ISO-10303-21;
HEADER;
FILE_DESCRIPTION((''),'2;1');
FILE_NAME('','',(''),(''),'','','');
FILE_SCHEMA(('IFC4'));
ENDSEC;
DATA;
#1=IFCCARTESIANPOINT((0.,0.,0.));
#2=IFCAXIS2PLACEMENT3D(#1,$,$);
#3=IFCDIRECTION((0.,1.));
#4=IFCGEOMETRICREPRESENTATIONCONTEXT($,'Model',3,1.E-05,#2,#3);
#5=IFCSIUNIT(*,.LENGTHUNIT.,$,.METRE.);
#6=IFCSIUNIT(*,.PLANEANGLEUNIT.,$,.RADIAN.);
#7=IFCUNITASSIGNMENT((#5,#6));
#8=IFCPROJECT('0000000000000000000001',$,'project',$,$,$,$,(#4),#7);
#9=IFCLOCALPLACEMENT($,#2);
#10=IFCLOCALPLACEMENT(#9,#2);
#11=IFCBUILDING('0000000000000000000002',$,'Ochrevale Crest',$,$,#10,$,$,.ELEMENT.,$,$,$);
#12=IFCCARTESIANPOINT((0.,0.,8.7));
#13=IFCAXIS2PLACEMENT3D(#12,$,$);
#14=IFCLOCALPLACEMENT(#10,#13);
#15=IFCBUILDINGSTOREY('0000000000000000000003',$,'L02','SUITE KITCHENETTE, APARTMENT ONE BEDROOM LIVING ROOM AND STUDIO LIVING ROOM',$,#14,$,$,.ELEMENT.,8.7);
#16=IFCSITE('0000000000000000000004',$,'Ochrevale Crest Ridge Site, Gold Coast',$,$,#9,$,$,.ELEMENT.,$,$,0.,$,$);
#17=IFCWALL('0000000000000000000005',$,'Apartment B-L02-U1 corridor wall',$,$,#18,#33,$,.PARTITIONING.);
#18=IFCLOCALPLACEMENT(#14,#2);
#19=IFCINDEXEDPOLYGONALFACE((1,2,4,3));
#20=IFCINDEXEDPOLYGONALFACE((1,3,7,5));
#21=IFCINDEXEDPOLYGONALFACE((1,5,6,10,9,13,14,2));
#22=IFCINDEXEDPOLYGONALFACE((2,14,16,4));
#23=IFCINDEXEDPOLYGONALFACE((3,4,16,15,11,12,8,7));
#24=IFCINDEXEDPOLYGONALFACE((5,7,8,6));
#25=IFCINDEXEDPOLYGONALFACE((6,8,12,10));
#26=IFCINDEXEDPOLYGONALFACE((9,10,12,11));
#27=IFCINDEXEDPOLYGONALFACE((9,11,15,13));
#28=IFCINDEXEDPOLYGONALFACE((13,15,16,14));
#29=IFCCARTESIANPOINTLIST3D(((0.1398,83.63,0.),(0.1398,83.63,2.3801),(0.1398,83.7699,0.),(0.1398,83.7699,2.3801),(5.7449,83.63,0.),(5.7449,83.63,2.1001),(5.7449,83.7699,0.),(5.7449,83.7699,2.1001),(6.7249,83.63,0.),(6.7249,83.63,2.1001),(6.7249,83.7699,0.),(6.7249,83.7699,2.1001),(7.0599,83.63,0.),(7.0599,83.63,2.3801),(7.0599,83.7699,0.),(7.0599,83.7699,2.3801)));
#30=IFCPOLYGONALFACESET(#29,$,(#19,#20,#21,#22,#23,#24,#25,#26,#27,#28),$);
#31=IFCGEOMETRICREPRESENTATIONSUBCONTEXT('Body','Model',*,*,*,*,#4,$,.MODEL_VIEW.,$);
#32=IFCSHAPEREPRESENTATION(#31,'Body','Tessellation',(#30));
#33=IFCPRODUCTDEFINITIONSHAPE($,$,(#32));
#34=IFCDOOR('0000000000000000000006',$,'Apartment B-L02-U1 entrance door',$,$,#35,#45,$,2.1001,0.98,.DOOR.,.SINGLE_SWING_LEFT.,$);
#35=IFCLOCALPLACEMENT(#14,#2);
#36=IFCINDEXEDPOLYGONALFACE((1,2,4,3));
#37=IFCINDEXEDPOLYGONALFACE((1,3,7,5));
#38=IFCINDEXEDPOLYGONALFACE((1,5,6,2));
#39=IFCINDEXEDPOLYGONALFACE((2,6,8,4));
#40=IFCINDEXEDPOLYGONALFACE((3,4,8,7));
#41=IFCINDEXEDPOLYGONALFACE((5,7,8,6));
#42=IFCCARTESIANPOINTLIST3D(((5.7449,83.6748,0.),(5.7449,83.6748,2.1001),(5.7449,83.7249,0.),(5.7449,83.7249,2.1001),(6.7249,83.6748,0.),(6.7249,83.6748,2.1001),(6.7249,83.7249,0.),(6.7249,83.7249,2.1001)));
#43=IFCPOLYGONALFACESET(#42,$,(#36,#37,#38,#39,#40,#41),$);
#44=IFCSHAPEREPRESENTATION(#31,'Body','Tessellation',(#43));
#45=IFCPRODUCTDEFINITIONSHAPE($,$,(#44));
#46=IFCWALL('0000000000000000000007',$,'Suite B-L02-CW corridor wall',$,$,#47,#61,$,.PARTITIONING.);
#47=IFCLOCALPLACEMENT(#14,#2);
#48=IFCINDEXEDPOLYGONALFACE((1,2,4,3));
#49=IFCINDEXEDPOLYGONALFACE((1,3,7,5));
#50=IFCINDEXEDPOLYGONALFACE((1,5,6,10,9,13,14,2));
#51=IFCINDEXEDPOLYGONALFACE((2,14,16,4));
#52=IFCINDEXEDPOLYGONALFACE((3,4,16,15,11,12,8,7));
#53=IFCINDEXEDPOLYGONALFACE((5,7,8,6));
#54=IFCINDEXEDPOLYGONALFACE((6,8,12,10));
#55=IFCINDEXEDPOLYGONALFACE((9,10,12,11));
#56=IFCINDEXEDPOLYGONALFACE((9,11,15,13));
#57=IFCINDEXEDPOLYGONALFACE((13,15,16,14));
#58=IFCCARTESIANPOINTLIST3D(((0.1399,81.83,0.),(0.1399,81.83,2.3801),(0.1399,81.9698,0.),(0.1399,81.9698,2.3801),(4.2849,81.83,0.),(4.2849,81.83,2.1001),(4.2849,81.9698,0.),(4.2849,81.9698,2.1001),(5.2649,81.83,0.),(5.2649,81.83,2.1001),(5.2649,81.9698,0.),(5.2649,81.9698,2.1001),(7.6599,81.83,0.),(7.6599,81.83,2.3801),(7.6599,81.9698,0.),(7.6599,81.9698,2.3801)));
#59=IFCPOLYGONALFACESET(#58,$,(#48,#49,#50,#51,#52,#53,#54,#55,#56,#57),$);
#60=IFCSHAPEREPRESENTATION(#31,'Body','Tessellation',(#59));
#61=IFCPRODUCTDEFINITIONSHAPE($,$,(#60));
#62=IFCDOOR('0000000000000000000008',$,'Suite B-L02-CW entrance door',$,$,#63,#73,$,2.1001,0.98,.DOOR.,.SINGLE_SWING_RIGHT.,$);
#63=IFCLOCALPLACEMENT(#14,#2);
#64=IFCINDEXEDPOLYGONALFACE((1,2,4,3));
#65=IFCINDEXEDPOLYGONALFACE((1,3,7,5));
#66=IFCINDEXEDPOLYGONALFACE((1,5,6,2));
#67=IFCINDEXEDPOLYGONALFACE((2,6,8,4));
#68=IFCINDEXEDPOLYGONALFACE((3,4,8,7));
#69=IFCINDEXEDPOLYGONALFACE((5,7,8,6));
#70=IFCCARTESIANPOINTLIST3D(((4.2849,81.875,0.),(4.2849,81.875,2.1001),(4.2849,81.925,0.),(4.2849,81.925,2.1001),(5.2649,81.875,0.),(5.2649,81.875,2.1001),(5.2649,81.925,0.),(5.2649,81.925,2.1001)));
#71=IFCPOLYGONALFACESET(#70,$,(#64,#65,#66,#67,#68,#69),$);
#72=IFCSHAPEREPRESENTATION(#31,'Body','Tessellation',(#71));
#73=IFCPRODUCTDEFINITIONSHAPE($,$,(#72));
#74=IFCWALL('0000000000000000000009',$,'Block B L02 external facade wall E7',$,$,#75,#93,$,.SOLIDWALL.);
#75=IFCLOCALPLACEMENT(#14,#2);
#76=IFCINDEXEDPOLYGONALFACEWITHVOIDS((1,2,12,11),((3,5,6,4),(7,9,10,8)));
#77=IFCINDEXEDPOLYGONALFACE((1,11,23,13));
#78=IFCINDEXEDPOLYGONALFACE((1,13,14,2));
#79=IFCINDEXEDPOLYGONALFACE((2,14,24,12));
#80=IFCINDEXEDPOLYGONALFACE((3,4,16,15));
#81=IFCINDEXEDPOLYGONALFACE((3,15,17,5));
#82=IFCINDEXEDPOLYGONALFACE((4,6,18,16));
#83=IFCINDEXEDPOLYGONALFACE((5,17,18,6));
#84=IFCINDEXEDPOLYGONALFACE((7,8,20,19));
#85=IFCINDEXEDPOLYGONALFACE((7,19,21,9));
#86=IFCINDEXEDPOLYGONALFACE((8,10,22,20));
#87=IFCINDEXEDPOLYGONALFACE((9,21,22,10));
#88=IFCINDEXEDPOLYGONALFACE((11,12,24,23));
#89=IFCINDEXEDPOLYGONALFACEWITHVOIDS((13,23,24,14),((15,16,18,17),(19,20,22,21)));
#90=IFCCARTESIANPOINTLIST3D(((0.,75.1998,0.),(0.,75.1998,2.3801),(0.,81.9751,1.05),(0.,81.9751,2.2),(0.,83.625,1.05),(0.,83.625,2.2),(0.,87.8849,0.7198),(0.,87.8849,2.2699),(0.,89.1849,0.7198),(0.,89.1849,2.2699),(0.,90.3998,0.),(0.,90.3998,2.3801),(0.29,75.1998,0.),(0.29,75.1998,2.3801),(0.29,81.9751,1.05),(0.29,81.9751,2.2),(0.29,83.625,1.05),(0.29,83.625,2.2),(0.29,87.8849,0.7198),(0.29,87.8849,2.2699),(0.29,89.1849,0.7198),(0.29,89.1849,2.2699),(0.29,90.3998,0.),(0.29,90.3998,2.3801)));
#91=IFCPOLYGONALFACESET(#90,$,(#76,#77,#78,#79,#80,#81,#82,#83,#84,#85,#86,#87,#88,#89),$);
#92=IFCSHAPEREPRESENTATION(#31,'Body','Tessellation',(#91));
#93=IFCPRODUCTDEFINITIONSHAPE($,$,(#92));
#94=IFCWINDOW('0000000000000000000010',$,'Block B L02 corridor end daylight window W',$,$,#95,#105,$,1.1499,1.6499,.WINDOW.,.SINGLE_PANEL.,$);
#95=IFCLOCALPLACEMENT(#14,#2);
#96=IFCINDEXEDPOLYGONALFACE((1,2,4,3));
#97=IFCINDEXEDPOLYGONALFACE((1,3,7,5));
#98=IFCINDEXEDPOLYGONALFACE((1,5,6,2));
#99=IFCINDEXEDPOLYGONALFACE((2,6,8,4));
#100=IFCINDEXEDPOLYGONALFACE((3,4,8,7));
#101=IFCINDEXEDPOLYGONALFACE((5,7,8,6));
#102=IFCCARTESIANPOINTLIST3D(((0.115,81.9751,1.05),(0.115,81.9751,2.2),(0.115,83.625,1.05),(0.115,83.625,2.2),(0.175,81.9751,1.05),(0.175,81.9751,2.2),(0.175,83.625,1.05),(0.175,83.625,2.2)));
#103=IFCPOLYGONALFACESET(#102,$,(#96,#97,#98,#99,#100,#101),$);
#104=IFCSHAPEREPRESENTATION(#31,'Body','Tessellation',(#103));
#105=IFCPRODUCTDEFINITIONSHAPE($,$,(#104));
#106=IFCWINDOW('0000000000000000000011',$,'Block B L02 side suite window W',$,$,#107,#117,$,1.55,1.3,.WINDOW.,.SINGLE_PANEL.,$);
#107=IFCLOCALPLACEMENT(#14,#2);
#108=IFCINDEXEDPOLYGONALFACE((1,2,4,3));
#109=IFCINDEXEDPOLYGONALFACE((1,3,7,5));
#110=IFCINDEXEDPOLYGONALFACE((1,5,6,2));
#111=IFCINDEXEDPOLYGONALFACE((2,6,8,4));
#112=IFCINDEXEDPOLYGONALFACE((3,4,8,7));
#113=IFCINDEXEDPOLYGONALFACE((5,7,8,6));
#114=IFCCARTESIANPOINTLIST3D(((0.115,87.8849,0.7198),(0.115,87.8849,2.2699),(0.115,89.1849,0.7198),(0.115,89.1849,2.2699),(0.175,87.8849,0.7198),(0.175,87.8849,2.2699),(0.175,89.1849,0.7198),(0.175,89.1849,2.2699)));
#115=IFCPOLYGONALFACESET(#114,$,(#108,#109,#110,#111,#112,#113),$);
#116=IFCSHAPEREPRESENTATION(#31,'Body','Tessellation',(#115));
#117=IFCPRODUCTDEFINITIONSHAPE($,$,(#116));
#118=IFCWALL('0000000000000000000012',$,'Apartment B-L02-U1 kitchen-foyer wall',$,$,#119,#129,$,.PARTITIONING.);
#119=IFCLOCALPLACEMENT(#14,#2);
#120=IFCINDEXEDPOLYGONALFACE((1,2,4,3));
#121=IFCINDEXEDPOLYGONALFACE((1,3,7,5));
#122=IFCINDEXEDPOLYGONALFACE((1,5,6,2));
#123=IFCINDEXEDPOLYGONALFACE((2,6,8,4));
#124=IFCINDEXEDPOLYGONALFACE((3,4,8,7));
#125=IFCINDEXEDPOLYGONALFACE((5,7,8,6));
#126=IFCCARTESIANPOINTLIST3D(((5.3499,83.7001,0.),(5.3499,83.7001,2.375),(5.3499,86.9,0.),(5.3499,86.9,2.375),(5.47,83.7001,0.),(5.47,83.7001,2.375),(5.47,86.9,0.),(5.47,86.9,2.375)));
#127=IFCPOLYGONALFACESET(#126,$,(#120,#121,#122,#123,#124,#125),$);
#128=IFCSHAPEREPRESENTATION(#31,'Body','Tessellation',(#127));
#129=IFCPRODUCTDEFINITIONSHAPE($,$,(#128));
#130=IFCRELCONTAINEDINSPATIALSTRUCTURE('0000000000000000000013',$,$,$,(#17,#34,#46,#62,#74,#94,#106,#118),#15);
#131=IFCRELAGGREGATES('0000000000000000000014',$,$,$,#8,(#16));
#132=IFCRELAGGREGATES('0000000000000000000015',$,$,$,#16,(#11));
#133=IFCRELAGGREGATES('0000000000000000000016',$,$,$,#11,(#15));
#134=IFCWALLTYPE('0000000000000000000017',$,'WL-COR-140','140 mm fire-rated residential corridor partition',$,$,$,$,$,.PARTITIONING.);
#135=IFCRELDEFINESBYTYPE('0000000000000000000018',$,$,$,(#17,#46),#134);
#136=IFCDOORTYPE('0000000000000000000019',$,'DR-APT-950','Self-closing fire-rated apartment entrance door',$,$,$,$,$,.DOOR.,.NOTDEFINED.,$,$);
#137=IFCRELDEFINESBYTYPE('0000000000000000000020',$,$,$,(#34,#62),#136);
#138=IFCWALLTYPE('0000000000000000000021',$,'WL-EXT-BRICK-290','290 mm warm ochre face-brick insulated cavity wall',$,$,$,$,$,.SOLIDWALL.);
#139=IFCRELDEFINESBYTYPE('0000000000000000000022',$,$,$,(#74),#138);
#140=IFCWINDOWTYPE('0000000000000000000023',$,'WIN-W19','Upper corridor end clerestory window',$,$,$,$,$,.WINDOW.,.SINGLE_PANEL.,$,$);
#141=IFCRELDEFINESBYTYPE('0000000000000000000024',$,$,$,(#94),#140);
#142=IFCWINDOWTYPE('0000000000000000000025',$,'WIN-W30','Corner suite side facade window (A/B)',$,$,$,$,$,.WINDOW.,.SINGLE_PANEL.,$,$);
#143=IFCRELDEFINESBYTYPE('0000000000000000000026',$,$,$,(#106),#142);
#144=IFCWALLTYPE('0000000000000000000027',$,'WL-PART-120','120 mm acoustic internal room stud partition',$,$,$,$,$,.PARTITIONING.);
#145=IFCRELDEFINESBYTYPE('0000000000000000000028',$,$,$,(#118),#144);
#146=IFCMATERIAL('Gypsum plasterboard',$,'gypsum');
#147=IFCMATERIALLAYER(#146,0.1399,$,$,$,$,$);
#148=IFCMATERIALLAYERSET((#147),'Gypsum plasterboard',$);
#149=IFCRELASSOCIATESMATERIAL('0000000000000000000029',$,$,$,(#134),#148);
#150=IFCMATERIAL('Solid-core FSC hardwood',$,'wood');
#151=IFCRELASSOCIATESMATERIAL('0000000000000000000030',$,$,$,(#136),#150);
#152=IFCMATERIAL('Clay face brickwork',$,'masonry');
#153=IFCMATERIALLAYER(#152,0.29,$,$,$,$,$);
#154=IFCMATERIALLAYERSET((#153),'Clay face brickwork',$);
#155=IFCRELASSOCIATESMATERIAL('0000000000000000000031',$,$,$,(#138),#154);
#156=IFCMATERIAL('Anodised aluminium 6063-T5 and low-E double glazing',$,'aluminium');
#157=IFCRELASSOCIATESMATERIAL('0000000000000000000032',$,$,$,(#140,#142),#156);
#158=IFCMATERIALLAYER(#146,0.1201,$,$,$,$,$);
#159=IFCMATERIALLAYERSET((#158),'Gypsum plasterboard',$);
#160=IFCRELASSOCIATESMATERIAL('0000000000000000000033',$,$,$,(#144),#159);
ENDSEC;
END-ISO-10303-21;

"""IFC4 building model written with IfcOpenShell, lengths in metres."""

from ifc_helpers import new_model, si_unit, direction, frame, frame_2d, origin, place, context, subcontext, project, spatial, rectangle, extrude, material, layer, layer_set, type_object, element, fill, save


model = new_model("IFC4")

# Units and contexts
model_context = context("Model", 3, precision=1e-05, world=origin(), true_north=direction((0.0, 1.0)))
body_context = subcontext(model_context, "Body", "Model", "MODEL_VIEW")
ifc_project = project(units=[si_unit("LENGTHUNIT", "METRE"), si_unit("PLANEANGLEUNIT", "RADIAN")], contexts=[model_context])

# Site, building, storey
site_placement = place(None, origin())
site = spatial("IfcSite", under=ifc_project, at=site_placement, Name="Ochrevale Crest Ridge Site, Gold Coast", CompositionType="ELEMENT", RefElevation=0.0)
building_placement = place(site_placement, origin())
building = spatial("IfcBuilding", under=site, at=building_placement, Name="Ochrevale Crest", CompositionType="ELEMENT")
storey_placement = place(building_placement, frame((0.0, 0.0, 8.7)))
storey = spatial("IfcBuildingStorey", under=building, at=storey_placement, Name="L02", Description="SUITE KITCHENETTE, APARTMENT ONE BEDROOM LIVING ROOM AND STUDIO LIVING ROOM", CompositionType="ELEMENT", Elevation=8.7)

# Walls, openings, doors
ifc_material_1 = material(Name="Gypsum plasterboard", Category="gypsum")
ifc_layer_1 = layer(ifc_material_1, 0.1399)
ifc_layer_set_1 = layer_set([ifc_layer_1], Name="Gypsum plasterboard")
wall_type_1 = type_object("IfcWallType", Name="WL-COR-140", Description="140 mm fire-rated residential corridor partition", PredefinedType="PARTITIONING", material=ifc_layer_set_1)
wall_1_placement = place(storey_placement, frame((0.1399, 83.7, 0.0), z_axis=(0.0, 0.0, 1.0), x_axis=(1.0, 0.0, 0.0)))
wall_1 = element("IfcWall", 1, at=wall_1_placement, inside=storey, type_object=wall_type_1, Name="Apartment B-L02-U1 corridor wall", PredefinedType="PARTITIONING", context=body_context, shape_type="SweptSolid", body=[
    extrude(rectangle(XDim=6.9202, YDim=0.1399, at=frame_2d((3.46, 0.0))), origin(), (0.0, 0.0, 1.0), 2.3801),
])
opening_1_placement = place(wall_1_placement, frame((5.605, 0.0, 0.0)))
opening_1 = element("IfcOpeningElement", 2, at=opening_1_placement, cuts=wall_1, PredefinedType="OPENING", context=body_context, shape_type="SweptSolid", body=[
    extrude(rectangle(XDim=0.98, YDim=2.1001, at=frame_2d((0.49, 1.05))), frame((0.0, 0.0801, 0.0), z_axis=(0.0, -1.0, 0.0), x_axis=(1.0, 0.0, 0.0)), (0.0, 0.0, 1.0), 0.1599),
])
ifc_material_2 = material(Name="Solid-core FSC hardwood", Category="wood")
door_type_1 = type_object("IfcDoorType", Name="DR-APT-950", Description="Self-closing fire-rated apartment entrance door", OperationType="NOTDEFINED", PredefinedType="DOOR", material=ifc_material_2)
door_1_placement = place(opening_1_placement, origin())
door_1 = element("IfcDoor", 3, at=door_1_placement, inside=storey, type_object=door_type_1, Name="Apartment B-L02-U1 entrance door", OperationType="SINGLE_SWING_LEFT", OverallHeight=2.1001, OverallWidth=0.98, PredefinedType="DOOR", context=body_context, shape_type="SweptSolid", body=[
    extrude(rectangle(XDim=0.98, YDim=2.1001, at=frame_2d((0.49, 1.05))), frame((0.0, 0.0249, 0.0), z_axis=(0.0, -1.0, 0.0), x_axis=(1.0, 0.0, 0.0)), (0.0, 0.0, 1.0), 0.05),
])
fill(opening_1, door_1)
wall_2_placement = place(storey_placement, frame((0.1399, 81.8999, 0.0), z_axis=(0.0, 0.0, 1.0), x_axis=(1.0, 0.0, 0.0)))
wall_2 = element("IfcWall", 4, at=wall_2_placement, inside=storey, type_object=wall_type_1, Name="Suite B-L02-CW corridor wall", PredefinedType="PARTITIONING", context=body_context, shape_type="SweptSolid", body=[
    extrude(rectangle(XDim=7.52, YDim=0.1399, at=frame_2d((3.76, 0.0))), origin(), (0.0, 0.0, 1.0), 2.3801),
])
opening_2_placement = place(wall_2_placement, frame((5.125, 0.0, 0.0), z_axis=(0.0, 0.0, 1.0), x_axis=(-1.0, 0.0, 0.0)))
opening_2 = element("IfcOpeningElement", 5, at=opening_2_placement, cuts=wall_2, PredefinedType="OPENING", context=body_context, shape_type="SweptSolid", body=[
    extrude(rectangle(XDim=0.98, YDim=2.1001, at=frame_2d((0.49, 1.05))), frame((0.0, 0.0801, 0.0), z_axis=(0.0, -1.0, 0.0), x_axis=(1.0, 0.0, 0.0)), (0.0, 0.0, 1.0), 0.1599),
])
door_2_placement = place(opening_2_placement, origin())
door_2 = element("IfcDoor", 6, at=door_2_placement, inside=storey, type_object=door_type_1, Name="Suite B-L02-CW entrance door", OperationType="SINGLE_SWING_RIGHT", OverallHeight=2.1001, OverallWidth=0.98, PredefinedType="DOOR", context=body_context, shape_type="SweptSolid", body=[
    extrude(rectangle(XDim=0.98, YDim=2.1001, at=frame_2d((0.49, 1.05))), frame((0.0, 0.0249, 0.0), z_axis=(0.0, -1.0, 0.0), x_axis=(1.0, 0.0, 0.0)), (0.0, 0.0, 1.0), 0.05),
])
fill(opening_2, door_2)

# Wall, openings, windows
ifc_material_3 = material(Name="Clay face brickwork", Category="masonry")
ifc_layer_2 = layer(ifc_material_3, 0.29)
ifc_layer_set_2 = layer_set([ifc_layer_2], Name="Clay face brickwork")
wall_type_2 = type_object("IfcWallType", Name="WL-EXT-BRICK-290", Description="290 mm warm ochre face-brick insulated cavity wall", PredefinedType="SOLIDWALL", material=ifc_layer_set_2)
wall_3_placement = place(storey_placement, frame((0.145, 90.3999, 0.0), z_axis=(0.0, 0.0, 1.0), x_axis=(0.0, -1.0, 0.0)))
wall_3 = element("IfcWall", 7, at=wall_3_placement, inside=storey, type_object=wall_type_2, Name="Block B L02 external facade wall E7", PredefinedType="SOLIDWALL", context=body_context, shape_type="SweptSolid", body=[
    extrude(rectangle(XDim=15.2, YDim=0.29, at=frame_2d((7.6001, 0.0))), origin(), (0.0, 0.0, 1.0), 2.3801),
])
opening_3_placement = place(wall_3_placement, frame((6.7749, 0.0, 1.05)))
opening_3 = element("IfcOpeningElement", 8, at=opening_3_placement, cuts=wall_3, PredefinedType="OPENING", context=body_context, shape_type="SweptSolid", body=[
    extrude(rectangle(XDim=1.6499, YDim=1.1499, at=frame_2d((0.825, 0.575))), frame((0.0, 0.155, 0.0), z_axis=(0.0, -1.0, 0.0), x_axis=(1.0, 0.0, 0.0)), (0.0, 0.0, 1.0), 0.3101),
])
opening_4_placement = place(wall_3_placement, frame((1.2151, 0.0, 0.72)))
opening_4 = element("IfcOpeningElement", 9, at=opening_4_placement, cuts=wall_3, PredefinedType="OPENING", context=body_context, shape_type="SweptSolid", body=[
    extrude(rectangle(XDim=1.3, YDim=1.55, at=frame_2d((0.6499, 0.7749))), frame((0.0, 0.155, 0.0), z_axis=(0.0, -1.0, 0.0), x_axis=(1.0, 0.0, 0.0)), (0.0, 0.0, 1.0), 0.3101),
])
ifc_material_4 = material(Name="Anodised aluminium 6063-T5 and low-E double glazing", Category="aluminium")
window_type_1 = type_object("IfcWindowType", Name="WIN-W19", Description="Upper corridor end clerestory window", PartitioningType="SINGLE_PANEL", PredefinedType="WINDOW", material=ifc_material_4)
window_1_placement = place(opening_3_placement, origin())
window_1 = element("IfcWindow", 10, at=window_1_placement, inside=storey, type_object=window_type_1, Name="Block B L02 corridor end daylight window W", OverallHeight=1.1499, OverallWidth=1.6499, PartitioningType="SINGLE_PANEL", PredefinedType="WINDOW", context=body_context, shape_type="SweptSolid", body=[
    extrude(rectangle(XDim=1.6499, YDim=1.1499, at=frame_2d((0.825, 0.575))), frame((0.0, 0.03, 0.0), z_axis=(0.0, -1.0, 0.0), x_axis=(1.0, 0.0, 0.0)), (0.0, 0.0, 1.0), 0.0601),
])
fill(opening_3, window_1)
window_type_2 = type_object("IfcWindowType", Name="WIN-W30", Description="Corner suite side facade window (A/B)", PartitioningType="SINGLE_PANEL", PredefinedType="WINDOW", material=ifc_material_4)
window_2_placement = place(opening_4_placement, origin())
window_2 = element("IfcWindow", 11, at=window_2_placement, inside=storey, type_object=window_type_2, Name="Block B L02 side suite window W", OverallHeight=1.55, OverallWidth=1.3, PartitioningType="SINGLE_PANEL", PredefinedType="WINDOW", context=body_context, shape_type="SweptSolid", body=[
    extrude(rectangle(XDim=1.3, YDim=1.55, at=frame_2d((0.6499, 0.7749))), frame((0.0, 0.03, 0.0), z_axis=(0.0, -1.0, 0.0), x_axis=(1.0, 0.0, 0.0)), (0.0, 0.0, 1.0), 0.0601),
])
fill(opening_4, window_2)

# Wall
ifc_layer_3 = layer(ifc_material_1, 0.1201)
ifc_layer_set_3 = layer_set([ifc_layer_3], Name="Gypsum plasterboard")
wall_type_3 = type_object("IfcWallType", Name="WL-PART-120", Description="120 mm acoustic internal room stud partition", PredefinedType="PARTITIONING", material=ifc_layer_set_3)
wall_4_placement = place(storey_placement, frame((5.4099, 83.7, 0.0), z_axis=(0.0, 0.0, 1.0), x_axis=(0.0, 1.0, 0.0)))
element("IfcWall", 12, at=wall_4_placement, inside=storey, type_object=wall_type_3, Name="Apartment B-L02-U1 kitchen-foyer wall", PredefinedType="PARTITIONING", context=body_context, shape_type="SweptSolid", body=[
    extrude(rectangle(XDim=3.2, YDim=0.1201, at=frame_2d((1.6001, 0.0))), origin(), (0.0, 0.0, 1.0), 2.375),
])

save(model, "model.ifc")
